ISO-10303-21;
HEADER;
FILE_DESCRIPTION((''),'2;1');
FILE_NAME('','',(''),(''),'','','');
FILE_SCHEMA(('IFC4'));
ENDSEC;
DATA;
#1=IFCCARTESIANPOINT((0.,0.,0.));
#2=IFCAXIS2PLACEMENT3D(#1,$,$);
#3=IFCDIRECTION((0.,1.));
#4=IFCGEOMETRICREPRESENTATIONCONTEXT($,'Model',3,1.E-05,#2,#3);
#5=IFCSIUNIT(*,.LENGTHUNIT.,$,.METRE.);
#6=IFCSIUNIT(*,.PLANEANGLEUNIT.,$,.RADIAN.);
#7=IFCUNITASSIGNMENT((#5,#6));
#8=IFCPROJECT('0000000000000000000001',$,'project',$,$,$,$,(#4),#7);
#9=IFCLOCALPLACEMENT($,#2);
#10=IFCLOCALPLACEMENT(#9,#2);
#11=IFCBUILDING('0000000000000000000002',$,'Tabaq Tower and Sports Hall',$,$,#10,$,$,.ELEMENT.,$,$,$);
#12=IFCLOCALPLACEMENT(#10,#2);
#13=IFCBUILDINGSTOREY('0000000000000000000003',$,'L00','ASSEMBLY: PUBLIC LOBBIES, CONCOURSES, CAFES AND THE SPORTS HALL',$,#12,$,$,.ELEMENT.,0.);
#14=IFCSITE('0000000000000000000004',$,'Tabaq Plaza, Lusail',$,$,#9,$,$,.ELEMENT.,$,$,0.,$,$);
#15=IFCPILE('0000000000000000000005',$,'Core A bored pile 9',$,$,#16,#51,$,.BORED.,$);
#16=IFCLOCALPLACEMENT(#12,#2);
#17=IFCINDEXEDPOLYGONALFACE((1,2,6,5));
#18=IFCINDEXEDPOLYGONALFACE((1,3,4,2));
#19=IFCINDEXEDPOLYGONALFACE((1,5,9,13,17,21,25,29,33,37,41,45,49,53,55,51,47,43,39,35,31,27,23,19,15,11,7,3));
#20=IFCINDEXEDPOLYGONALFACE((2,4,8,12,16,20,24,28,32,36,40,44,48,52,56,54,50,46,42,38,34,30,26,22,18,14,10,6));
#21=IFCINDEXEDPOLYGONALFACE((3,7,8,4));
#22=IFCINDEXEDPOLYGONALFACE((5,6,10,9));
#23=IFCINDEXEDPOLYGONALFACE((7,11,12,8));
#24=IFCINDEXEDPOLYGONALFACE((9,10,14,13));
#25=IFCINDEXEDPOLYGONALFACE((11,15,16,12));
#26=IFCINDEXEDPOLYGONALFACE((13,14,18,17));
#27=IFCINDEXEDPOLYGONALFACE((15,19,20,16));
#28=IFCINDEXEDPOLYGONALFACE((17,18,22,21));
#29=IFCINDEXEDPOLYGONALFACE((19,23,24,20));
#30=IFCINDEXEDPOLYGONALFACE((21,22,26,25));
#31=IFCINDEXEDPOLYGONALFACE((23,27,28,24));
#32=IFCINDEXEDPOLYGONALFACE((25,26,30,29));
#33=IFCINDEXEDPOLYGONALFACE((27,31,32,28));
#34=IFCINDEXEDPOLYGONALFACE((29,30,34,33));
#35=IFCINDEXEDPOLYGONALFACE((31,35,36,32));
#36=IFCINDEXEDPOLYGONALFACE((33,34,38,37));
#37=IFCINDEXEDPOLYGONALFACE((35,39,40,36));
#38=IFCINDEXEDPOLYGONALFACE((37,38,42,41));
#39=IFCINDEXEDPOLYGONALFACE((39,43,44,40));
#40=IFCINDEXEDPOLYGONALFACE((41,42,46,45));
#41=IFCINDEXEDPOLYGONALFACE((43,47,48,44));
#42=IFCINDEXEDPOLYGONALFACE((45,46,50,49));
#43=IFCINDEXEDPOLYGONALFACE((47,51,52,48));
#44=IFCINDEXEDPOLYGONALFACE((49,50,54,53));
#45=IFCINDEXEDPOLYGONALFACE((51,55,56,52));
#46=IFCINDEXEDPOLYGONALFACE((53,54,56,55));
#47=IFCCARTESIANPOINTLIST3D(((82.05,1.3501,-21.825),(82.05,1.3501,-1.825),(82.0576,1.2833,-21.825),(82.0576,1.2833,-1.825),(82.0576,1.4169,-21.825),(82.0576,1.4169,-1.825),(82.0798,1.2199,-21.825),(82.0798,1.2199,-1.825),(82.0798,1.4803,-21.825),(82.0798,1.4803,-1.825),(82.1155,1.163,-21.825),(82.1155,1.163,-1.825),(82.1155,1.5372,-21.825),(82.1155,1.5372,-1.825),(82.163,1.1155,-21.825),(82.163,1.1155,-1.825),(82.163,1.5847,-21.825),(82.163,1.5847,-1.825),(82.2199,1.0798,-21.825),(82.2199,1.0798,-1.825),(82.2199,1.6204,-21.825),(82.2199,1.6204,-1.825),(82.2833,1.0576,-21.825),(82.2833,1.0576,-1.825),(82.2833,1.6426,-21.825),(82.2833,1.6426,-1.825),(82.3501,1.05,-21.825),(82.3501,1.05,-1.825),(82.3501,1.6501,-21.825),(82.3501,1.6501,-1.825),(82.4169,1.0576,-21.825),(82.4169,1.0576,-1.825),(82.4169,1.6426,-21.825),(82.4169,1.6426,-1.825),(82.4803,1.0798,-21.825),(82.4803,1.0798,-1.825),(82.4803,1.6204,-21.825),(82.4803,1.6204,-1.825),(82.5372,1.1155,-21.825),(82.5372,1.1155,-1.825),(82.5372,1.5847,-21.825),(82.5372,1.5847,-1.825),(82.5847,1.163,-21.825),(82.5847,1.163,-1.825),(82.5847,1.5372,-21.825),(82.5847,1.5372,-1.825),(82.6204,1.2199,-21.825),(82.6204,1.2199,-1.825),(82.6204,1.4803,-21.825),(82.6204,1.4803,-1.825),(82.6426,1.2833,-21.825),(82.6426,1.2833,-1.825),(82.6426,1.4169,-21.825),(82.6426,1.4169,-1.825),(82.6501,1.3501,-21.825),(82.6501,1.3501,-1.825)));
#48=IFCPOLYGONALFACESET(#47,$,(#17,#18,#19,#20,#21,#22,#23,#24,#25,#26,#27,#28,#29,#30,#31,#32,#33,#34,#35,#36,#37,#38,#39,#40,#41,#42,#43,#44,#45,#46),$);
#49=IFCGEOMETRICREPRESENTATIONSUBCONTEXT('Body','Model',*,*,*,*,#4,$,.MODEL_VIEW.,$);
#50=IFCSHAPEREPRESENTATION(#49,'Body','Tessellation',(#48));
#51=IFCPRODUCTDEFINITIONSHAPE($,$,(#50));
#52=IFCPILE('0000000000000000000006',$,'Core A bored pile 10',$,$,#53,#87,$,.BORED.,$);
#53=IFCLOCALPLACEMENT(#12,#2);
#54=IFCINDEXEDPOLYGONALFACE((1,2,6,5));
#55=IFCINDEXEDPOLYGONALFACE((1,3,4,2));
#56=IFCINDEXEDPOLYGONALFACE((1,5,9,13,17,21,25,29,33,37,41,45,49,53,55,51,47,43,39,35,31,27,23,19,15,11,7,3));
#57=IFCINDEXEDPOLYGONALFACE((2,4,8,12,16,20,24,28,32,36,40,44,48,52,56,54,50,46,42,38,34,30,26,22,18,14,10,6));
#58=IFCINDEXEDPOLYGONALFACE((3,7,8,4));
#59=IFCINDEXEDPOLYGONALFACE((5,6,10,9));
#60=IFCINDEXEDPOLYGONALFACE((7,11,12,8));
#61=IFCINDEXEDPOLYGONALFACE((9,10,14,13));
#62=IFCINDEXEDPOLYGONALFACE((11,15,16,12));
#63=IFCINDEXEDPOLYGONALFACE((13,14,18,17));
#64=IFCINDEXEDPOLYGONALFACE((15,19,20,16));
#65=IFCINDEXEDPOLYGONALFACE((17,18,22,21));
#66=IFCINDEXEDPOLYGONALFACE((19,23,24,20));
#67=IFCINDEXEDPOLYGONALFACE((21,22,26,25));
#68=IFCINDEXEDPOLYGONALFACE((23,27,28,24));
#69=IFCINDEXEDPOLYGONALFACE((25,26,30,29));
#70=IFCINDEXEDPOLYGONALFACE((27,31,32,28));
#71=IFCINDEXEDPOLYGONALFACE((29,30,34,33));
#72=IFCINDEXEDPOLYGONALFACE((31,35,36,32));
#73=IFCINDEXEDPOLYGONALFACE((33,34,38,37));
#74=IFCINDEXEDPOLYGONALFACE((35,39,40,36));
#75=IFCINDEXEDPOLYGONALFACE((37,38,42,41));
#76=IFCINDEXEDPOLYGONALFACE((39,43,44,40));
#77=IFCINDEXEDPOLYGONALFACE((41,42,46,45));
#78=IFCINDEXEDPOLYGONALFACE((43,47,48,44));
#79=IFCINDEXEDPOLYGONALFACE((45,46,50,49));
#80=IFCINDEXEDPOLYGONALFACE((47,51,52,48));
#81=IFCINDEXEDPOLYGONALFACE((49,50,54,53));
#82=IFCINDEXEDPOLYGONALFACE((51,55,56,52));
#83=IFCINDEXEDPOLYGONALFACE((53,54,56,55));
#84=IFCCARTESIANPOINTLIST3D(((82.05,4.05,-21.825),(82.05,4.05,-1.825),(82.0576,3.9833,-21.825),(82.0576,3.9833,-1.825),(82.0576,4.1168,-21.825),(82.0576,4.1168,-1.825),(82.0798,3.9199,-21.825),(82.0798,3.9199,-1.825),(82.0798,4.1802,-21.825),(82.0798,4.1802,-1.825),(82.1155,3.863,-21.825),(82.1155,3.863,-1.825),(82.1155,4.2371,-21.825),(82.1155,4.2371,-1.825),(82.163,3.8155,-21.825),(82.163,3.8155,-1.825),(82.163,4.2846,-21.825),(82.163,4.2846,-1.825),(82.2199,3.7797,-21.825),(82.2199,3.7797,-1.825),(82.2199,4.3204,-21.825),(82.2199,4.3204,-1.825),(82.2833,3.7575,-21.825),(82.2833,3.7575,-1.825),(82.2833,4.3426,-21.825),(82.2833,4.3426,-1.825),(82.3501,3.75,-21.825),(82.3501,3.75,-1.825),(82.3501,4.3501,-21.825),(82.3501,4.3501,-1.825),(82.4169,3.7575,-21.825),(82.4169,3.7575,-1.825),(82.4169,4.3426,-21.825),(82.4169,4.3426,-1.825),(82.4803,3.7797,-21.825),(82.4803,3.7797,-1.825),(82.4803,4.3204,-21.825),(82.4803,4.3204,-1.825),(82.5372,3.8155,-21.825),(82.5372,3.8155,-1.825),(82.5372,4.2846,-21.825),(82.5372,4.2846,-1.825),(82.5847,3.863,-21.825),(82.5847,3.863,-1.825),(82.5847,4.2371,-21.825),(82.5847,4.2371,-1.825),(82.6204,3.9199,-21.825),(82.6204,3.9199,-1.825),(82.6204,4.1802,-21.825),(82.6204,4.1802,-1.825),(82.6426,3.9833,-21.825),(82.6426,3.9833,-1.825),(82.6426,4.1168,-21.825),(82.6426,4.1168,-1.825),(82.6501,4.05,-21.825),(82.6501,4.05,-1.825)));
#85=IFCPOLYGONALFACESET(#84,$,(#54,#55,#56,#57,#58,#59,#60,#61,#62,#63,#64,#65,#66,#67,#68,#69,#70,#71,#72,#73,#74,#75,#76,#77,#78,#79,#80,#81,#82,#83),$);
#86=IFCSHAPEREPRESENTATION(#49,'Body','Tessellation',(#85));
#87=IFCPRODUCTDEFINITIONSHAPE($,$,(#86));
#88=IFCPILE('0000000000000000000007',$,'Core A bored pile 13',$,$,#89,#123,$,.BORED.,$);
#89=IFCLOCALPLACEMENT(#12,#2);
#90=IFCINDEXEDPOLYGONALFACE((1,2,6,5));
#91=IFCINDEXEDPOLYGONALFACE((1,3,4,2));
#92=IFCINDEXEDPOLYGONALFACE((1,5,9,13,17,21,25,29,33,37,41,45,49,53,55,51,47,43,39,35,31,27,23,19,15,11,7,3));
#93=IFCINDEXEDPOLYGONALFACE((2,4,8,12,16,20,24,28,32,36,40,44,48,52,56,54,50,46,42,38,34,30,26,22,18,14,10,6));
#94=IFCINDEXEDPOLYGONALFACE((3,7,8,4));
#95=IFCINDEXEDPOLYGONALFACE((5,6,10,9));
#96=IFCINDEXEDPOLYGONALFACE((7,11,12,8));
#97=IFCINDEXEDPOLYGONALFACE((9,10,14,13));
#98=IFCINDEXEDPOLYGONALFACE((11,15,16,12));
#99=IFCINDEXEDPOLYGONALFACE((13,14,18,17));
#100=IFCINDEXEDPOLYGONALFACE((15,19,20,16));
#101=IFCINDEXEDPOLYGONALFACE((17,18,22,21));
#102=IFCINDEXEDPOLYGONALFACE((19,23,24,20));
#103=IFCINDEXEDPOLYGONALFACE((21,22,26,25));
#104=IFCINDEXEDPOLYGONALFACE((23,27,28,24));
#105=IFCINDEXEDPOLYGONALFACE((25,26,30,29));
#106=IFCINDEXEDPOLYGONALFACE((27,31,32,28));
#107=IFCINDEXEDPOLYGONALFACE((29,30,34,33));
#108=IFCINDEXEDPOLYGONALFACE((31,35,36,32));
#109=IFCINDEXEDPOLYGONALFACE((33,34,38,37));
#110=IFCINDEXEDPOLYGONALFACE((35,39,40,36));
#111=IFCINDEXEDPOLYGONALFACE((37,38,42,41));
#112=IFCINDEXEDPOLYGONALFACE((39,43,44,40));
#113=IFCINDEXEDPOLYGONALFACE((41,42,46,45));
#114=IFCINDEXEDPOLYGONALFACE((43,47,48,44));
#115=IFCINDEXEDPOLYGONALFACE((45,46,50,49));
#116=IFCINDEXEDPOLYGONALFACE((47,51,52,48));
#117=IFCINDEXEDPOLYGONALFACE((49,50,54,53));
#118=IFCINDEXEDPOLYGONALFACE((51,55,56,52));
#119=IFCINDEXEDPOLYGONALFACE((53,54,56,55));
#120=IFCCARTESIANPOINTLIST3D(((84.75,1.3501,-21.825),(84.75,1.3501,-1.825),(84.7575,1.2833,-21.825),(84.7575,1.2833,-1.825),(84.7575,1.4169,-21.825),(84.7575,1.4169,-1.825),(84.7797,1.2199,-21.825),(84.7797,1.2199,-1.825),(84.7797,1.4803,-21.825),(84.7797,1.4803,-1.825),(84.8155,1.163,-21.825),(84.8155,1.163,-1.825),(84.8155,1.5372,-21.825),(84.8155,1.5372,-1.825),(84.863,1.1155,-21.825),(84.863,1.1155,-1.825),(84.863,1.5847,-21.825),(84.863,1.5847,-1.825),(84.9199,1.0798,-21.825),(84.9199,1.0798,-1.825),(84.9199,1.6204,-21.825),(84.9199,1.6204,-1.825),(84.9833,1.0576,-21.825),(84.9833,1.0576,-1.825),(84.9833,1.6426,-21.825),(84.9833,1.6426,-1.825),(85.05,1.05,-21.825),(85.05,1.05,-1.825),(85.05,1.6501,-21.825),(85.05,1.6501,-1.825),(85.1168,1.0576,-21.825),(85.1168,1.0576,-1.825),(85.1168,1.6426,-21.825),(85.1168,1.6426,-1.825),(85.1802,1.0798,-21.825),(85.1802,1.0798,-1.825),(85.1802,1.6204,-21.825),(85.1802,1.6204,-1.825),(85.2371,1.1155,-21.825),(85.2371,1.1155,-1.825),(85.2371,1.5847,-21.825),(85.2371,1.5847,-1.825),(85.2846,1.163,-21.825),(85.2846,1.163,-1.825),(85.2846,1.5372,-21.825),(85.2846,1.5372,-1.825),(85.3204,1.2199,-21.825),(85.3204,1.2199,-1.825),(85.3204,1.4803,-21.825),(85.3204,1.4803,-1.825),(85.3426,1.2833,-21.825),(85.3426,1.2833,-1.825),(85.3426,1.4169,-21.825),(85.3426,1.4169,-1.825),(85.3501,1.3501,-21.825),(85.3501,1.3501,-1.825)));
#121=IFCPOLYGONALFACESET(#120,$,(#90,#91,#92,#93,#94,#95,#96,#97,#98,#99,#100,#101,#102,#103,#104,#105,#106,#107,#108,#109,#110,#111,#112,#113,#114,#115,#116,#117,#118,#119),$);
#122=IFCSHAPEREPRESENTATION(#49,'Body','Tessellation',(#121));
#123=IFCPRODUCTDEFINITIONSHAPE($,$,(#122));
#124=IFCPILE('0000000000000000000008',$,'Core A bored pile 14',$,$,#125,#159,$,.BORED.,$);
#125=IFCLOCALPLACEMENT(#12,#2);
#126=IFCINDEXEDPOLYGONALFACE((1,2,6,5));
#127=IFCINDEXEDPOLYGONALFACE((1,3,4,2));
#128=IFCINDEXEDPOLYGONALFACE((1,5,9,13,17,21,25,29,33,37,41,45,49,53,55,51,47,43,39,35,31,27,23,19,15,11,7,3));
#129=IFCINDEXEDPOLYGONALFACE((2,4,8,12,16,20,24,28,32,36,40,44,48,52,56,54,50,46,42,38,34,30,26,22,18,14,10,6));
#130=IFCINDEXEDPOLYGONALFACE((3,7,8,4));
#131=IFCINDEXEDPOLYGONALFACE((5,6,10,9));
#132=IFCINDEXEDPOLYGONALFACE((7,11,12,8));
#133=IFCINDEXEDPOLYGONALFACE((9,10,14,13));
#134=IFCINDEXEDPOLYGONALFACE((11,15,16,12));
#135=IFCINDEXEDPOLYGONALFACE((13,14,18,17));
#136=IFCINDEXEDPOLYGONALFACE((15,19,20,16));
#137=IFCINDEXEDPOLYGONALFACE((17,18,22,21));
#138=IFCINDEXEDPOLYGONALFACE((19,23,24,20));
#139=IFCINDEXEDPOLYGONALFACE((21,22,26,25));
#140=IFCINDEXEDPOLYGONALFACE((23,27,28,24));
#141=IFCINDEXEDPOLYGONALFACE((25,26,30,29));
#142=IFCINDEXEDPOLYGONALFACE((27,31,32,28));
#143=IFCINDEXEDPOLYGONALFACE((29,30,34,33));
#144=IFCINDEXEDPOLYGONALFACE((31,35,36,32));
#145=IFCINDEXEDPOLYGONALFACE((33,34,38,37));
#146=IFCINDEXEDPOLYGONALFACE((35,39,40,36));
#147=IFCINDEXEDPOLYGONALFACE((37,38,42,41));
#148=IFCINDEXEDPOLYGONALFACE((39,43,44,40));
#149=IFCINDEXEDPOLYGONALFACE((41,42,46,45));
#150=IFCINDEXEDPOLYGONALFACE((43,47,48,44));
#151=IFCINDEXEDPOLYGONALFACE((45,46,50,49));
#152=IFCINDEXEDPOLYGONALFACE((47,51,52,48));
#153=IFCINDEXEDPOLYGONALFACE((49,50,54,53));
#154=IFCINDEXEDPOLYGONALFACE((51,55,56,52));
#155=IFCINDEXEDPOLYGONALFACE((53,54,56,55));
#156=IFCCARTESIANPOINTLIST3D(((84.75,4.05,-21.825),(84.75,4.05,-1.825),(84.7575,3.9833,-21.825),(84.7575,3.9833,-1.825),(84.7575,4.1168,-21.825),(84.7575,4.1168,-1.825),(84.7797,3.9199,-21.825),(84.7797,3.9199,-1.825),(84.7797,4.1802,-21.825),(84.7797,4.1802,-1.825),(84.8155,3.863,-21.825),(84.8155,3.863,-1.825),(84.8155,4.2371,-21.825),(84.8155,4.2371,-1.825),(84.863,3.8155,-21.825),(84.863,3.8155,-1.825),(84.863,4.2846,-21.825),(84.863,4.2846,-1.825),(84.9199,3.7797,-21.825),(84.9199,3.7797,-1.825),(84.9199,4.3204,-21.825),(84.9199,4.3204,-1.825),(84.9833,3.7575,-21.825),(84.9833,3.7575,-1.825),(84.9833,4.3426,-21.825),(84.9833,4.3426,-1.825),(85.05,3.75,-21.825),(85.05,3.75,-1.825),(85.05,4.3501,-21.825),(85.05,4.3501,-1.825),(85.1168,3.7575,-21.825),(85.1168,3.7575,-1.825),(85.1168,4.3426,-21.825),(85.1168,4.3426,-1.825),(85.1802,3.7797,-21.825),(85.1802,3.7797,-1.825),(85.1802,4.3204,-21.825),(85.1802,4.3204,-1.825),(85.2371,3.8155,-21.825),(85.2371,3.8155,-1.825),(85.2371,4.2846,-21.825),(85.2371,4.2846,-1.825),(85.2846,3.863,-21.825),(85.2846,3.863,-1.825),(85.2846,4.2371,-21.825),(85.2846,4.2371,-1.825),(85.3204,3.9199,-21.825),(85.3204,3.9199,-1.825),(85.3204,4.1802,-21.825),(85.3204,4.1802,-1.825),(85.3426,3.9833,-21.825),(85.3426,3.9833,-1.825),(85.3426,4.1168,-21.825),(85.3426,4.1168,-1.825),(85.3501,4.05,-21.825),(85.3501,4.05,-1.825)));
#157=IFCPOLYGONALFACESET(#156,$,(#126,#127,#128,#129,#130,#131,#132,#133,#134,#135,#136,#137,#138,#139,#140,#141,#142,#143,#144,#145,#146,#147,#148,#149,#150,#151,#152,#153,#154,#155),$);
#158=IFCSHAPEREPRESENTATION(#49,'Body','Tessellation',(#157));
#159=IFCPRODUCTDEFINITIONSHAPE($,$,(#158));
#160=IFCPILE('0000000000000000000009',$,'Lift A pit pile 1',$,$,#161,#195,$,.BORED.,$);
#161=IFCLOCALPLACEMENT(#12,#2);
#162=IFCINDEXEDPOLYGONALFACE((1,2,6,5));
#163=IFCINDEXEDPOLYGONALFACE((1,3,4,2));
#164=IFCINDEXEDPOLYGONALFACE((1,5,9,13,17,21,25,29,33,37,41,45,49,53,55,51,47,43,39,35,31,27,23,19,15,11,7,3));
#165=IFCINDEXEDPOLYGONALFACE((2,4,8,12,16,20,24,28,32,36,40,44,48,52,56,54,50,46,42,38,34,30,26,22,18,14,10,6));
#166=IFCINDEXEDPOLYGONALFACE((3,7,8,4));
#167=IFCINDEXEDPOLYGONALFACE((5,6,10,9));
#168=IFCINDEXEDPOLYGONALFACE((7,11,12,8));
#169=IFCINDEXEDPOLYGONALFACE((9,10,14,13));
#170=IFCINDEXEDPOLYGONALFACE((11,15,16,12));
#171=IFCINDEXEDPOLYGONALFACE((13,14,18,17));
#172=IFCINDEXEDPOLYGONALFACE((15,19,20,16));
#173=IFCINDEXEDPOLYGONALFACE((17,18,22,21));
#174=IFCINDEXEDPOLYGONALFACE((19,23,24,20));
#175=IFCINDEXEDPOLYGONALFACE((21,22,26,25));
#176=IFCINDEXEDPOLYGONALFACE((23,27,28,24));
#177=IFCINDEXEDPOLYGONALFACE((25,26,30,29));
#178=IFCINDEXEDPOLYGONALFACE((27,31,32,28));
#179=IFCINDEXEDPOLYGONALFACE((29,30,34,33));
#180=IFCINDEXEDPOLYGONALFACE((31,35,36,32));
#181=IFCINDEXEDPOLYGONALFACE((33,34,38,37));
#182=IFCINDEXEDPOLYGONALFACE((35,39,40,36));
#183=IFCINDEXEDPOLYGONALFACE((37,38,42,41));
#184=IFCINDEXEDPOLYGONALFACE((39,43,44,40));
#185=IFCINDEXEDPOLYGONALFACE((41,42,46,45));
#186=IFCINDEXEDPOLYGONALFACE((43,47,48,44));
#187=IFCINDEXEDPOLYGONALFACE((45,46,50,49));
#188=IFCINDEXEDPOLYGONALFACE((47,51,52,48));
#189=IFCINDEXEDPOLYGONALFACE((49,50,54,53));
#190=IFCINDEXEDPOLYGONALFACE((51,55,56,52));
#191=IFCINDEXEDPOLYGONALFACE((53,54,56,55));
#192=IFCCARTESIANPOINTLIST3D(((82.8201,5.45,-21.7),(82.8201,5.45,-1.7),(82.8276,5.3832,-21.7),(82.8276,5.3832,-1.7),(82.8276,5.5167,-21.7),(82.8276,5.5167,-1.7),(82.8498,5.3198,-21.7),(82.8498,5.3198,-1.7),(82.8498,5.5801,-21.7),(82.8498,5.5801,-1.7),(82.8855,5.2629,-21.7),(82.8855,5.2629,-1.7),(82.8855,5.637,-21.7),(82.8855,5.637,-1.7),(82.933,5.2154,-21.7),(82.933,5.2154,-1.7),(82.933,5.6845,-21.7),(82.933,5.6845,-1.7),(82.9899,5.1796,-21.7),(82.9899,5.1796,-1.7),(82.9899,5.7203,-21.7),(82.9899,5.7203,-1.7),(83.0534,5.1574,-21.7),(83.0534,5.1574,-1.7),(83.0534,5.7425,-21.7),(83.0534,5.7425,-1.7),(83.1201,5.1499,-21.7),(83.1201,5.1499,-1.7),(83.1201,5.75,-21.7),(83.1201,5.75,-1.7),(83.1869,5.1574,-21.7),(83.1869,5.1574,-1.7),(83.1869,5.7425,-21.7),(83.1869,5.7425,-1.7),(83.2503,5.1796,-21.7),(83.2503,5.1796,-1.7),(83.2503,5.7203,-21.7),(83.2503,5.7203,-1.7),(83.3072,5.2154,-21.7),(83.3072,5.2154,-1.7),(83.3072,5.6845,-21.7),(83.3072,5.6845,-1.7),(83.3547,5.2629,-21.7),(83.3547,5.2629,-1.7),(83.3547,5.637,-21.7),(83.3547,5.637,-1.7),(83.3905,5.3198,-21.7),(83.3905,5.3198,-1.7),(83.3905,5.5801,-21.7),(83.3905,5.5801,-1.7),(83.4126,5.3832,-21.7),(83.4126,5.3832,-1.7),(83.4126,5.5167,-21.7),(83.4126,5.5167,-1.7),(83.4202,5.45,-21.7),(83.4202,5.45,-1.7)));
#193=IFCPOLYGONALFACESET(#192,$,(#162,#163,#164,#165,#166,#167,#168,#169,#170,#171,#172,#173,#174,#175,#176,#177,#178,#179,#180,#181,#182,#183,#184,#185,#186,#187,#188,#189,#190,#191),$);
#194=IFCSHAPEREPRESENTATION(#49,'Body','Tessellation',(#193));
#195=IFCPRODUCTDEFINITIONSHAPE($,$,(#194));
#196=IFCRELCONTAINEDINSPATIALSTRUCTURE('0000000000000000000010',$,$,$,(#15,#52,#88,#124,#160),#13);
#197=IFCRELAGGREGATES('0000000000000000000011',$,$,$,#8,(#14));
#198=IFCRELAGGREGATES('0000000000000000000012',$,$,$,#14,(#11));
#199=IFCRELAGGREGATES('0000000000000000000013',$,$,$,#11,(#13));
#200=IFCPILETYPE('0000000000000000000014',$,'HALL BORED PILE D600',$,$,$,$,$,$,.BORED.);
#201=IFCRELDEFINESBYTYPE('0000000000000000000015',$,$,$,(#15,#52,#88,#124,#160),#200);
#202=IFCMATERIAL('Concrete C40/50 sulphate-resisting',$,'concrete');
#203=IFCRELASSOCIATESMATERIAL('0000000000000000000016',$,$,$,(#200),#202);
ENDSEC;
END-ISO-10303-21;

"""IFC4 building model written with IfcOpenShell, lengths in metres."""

from ifc_helpers import new_model, si_unit, direction, frame, origin, origin_2d, place, context, subcontext, project, spatial, circle, extrude, material, material_profile, profile_set, type_object, element, save


model = new_model("IFC4")

# Units and contexts
model_context = context("Model", 3, precision=1e-05, world=origin(), true_north=direction((0.0, 1.0)))
body_context = subcontext(model_context, "Body", "Model", "MODEL_VIEW")
ifc_project = project(units=[si_unit("LENGTHUNIT", "METRE"), si_unit("PLANEANGLEUNIT", "RADIAN")], contexts=[model_context])

# Site, building, storey
site_placement = place(None, origin())
site = spatial("IfcSite", under=ifc_project, at=site_placement, Name="Tabaq Plaza, Lusail", CompositionType="ELEMENT", RefElevation=0.0)
building_placement = place(site_placement, origin())
building = spatial("IfcBuilding", under=site, at=building_placement, Name="Tabaq Tower and Sports Hall", CompositionType="ELEMENT")
storey_placement = place(building_placement, origin())
storey = spatial("IfcBuildingStorey", under=building, at=storey_placement, Name="L00", Description="ASSEMBLY: PUBLIC LOBBIES, CONCOURSES, CAFES AND THE SPORTS HALL", CompositionType="ELEMENT", Elevation=0.0)

# Piles
ifc_material_1 = material(Name="Concrete C40/50 sulphate-resisting", Category="concrete")
ifc_material_profile_1 = material_profile(ifc_material_1, circle(Radius=0.3, at=origin_2d()), Name="D600")
ifc_profile_set_1 = profile_set([ifc_material_profile_1], Name="Concrete C40/50 sulphate-resisting")
pile_type = type_object("IfcPileType", Name="HALL BORED PILE D600", PredefinedType="BORED", material=ifc_profile_set_1)
for number, where, z_axis, x_axis, name in (
    (1, (82.3501, 1.3501, -1.825), (0.0, 0.0, -1.0), (1.0, 0.0, 0.0), "Core A bored pile 9"),
    (2, (82.3501, 4.05, -1.825), (0.0, 0.0, -1.0), (1.0, 0.0, 0.0), "Core A bored pile 10"),
    (3, (85.05, 1.3501, -1.825), (0.0, 0.0, -1.0), (1.0, 0.0, 0.0), "Core A bored pile 13"),
    (4, (85.05, 4.05, -1.825), (0.0, 0.0, -1.0), (1.0, 0.0, 0.0), "Core A bored pile 14"),
    (5, (83.1201, 5.45, -1.7), (0.0, 0.0, -1.0), (1.0, 0.0, 0.0), "Lift A pit pile 1"),
):
    element("IfcPile", number, at=place(storey_placement, frame(where, z_axis=z_axis, x_axis=x_axis)), inside=storey, type_object=pile_type, Name=name, PredefinedType="BORED", context=body_context, shape_type="SweptSolid", body=[
        extrude(circle(Radius=0.3, at=origin_2d()), origin(), (0.0, 0.0, 1.0), 20.0),
    ])

save(model, "model.ifc")
